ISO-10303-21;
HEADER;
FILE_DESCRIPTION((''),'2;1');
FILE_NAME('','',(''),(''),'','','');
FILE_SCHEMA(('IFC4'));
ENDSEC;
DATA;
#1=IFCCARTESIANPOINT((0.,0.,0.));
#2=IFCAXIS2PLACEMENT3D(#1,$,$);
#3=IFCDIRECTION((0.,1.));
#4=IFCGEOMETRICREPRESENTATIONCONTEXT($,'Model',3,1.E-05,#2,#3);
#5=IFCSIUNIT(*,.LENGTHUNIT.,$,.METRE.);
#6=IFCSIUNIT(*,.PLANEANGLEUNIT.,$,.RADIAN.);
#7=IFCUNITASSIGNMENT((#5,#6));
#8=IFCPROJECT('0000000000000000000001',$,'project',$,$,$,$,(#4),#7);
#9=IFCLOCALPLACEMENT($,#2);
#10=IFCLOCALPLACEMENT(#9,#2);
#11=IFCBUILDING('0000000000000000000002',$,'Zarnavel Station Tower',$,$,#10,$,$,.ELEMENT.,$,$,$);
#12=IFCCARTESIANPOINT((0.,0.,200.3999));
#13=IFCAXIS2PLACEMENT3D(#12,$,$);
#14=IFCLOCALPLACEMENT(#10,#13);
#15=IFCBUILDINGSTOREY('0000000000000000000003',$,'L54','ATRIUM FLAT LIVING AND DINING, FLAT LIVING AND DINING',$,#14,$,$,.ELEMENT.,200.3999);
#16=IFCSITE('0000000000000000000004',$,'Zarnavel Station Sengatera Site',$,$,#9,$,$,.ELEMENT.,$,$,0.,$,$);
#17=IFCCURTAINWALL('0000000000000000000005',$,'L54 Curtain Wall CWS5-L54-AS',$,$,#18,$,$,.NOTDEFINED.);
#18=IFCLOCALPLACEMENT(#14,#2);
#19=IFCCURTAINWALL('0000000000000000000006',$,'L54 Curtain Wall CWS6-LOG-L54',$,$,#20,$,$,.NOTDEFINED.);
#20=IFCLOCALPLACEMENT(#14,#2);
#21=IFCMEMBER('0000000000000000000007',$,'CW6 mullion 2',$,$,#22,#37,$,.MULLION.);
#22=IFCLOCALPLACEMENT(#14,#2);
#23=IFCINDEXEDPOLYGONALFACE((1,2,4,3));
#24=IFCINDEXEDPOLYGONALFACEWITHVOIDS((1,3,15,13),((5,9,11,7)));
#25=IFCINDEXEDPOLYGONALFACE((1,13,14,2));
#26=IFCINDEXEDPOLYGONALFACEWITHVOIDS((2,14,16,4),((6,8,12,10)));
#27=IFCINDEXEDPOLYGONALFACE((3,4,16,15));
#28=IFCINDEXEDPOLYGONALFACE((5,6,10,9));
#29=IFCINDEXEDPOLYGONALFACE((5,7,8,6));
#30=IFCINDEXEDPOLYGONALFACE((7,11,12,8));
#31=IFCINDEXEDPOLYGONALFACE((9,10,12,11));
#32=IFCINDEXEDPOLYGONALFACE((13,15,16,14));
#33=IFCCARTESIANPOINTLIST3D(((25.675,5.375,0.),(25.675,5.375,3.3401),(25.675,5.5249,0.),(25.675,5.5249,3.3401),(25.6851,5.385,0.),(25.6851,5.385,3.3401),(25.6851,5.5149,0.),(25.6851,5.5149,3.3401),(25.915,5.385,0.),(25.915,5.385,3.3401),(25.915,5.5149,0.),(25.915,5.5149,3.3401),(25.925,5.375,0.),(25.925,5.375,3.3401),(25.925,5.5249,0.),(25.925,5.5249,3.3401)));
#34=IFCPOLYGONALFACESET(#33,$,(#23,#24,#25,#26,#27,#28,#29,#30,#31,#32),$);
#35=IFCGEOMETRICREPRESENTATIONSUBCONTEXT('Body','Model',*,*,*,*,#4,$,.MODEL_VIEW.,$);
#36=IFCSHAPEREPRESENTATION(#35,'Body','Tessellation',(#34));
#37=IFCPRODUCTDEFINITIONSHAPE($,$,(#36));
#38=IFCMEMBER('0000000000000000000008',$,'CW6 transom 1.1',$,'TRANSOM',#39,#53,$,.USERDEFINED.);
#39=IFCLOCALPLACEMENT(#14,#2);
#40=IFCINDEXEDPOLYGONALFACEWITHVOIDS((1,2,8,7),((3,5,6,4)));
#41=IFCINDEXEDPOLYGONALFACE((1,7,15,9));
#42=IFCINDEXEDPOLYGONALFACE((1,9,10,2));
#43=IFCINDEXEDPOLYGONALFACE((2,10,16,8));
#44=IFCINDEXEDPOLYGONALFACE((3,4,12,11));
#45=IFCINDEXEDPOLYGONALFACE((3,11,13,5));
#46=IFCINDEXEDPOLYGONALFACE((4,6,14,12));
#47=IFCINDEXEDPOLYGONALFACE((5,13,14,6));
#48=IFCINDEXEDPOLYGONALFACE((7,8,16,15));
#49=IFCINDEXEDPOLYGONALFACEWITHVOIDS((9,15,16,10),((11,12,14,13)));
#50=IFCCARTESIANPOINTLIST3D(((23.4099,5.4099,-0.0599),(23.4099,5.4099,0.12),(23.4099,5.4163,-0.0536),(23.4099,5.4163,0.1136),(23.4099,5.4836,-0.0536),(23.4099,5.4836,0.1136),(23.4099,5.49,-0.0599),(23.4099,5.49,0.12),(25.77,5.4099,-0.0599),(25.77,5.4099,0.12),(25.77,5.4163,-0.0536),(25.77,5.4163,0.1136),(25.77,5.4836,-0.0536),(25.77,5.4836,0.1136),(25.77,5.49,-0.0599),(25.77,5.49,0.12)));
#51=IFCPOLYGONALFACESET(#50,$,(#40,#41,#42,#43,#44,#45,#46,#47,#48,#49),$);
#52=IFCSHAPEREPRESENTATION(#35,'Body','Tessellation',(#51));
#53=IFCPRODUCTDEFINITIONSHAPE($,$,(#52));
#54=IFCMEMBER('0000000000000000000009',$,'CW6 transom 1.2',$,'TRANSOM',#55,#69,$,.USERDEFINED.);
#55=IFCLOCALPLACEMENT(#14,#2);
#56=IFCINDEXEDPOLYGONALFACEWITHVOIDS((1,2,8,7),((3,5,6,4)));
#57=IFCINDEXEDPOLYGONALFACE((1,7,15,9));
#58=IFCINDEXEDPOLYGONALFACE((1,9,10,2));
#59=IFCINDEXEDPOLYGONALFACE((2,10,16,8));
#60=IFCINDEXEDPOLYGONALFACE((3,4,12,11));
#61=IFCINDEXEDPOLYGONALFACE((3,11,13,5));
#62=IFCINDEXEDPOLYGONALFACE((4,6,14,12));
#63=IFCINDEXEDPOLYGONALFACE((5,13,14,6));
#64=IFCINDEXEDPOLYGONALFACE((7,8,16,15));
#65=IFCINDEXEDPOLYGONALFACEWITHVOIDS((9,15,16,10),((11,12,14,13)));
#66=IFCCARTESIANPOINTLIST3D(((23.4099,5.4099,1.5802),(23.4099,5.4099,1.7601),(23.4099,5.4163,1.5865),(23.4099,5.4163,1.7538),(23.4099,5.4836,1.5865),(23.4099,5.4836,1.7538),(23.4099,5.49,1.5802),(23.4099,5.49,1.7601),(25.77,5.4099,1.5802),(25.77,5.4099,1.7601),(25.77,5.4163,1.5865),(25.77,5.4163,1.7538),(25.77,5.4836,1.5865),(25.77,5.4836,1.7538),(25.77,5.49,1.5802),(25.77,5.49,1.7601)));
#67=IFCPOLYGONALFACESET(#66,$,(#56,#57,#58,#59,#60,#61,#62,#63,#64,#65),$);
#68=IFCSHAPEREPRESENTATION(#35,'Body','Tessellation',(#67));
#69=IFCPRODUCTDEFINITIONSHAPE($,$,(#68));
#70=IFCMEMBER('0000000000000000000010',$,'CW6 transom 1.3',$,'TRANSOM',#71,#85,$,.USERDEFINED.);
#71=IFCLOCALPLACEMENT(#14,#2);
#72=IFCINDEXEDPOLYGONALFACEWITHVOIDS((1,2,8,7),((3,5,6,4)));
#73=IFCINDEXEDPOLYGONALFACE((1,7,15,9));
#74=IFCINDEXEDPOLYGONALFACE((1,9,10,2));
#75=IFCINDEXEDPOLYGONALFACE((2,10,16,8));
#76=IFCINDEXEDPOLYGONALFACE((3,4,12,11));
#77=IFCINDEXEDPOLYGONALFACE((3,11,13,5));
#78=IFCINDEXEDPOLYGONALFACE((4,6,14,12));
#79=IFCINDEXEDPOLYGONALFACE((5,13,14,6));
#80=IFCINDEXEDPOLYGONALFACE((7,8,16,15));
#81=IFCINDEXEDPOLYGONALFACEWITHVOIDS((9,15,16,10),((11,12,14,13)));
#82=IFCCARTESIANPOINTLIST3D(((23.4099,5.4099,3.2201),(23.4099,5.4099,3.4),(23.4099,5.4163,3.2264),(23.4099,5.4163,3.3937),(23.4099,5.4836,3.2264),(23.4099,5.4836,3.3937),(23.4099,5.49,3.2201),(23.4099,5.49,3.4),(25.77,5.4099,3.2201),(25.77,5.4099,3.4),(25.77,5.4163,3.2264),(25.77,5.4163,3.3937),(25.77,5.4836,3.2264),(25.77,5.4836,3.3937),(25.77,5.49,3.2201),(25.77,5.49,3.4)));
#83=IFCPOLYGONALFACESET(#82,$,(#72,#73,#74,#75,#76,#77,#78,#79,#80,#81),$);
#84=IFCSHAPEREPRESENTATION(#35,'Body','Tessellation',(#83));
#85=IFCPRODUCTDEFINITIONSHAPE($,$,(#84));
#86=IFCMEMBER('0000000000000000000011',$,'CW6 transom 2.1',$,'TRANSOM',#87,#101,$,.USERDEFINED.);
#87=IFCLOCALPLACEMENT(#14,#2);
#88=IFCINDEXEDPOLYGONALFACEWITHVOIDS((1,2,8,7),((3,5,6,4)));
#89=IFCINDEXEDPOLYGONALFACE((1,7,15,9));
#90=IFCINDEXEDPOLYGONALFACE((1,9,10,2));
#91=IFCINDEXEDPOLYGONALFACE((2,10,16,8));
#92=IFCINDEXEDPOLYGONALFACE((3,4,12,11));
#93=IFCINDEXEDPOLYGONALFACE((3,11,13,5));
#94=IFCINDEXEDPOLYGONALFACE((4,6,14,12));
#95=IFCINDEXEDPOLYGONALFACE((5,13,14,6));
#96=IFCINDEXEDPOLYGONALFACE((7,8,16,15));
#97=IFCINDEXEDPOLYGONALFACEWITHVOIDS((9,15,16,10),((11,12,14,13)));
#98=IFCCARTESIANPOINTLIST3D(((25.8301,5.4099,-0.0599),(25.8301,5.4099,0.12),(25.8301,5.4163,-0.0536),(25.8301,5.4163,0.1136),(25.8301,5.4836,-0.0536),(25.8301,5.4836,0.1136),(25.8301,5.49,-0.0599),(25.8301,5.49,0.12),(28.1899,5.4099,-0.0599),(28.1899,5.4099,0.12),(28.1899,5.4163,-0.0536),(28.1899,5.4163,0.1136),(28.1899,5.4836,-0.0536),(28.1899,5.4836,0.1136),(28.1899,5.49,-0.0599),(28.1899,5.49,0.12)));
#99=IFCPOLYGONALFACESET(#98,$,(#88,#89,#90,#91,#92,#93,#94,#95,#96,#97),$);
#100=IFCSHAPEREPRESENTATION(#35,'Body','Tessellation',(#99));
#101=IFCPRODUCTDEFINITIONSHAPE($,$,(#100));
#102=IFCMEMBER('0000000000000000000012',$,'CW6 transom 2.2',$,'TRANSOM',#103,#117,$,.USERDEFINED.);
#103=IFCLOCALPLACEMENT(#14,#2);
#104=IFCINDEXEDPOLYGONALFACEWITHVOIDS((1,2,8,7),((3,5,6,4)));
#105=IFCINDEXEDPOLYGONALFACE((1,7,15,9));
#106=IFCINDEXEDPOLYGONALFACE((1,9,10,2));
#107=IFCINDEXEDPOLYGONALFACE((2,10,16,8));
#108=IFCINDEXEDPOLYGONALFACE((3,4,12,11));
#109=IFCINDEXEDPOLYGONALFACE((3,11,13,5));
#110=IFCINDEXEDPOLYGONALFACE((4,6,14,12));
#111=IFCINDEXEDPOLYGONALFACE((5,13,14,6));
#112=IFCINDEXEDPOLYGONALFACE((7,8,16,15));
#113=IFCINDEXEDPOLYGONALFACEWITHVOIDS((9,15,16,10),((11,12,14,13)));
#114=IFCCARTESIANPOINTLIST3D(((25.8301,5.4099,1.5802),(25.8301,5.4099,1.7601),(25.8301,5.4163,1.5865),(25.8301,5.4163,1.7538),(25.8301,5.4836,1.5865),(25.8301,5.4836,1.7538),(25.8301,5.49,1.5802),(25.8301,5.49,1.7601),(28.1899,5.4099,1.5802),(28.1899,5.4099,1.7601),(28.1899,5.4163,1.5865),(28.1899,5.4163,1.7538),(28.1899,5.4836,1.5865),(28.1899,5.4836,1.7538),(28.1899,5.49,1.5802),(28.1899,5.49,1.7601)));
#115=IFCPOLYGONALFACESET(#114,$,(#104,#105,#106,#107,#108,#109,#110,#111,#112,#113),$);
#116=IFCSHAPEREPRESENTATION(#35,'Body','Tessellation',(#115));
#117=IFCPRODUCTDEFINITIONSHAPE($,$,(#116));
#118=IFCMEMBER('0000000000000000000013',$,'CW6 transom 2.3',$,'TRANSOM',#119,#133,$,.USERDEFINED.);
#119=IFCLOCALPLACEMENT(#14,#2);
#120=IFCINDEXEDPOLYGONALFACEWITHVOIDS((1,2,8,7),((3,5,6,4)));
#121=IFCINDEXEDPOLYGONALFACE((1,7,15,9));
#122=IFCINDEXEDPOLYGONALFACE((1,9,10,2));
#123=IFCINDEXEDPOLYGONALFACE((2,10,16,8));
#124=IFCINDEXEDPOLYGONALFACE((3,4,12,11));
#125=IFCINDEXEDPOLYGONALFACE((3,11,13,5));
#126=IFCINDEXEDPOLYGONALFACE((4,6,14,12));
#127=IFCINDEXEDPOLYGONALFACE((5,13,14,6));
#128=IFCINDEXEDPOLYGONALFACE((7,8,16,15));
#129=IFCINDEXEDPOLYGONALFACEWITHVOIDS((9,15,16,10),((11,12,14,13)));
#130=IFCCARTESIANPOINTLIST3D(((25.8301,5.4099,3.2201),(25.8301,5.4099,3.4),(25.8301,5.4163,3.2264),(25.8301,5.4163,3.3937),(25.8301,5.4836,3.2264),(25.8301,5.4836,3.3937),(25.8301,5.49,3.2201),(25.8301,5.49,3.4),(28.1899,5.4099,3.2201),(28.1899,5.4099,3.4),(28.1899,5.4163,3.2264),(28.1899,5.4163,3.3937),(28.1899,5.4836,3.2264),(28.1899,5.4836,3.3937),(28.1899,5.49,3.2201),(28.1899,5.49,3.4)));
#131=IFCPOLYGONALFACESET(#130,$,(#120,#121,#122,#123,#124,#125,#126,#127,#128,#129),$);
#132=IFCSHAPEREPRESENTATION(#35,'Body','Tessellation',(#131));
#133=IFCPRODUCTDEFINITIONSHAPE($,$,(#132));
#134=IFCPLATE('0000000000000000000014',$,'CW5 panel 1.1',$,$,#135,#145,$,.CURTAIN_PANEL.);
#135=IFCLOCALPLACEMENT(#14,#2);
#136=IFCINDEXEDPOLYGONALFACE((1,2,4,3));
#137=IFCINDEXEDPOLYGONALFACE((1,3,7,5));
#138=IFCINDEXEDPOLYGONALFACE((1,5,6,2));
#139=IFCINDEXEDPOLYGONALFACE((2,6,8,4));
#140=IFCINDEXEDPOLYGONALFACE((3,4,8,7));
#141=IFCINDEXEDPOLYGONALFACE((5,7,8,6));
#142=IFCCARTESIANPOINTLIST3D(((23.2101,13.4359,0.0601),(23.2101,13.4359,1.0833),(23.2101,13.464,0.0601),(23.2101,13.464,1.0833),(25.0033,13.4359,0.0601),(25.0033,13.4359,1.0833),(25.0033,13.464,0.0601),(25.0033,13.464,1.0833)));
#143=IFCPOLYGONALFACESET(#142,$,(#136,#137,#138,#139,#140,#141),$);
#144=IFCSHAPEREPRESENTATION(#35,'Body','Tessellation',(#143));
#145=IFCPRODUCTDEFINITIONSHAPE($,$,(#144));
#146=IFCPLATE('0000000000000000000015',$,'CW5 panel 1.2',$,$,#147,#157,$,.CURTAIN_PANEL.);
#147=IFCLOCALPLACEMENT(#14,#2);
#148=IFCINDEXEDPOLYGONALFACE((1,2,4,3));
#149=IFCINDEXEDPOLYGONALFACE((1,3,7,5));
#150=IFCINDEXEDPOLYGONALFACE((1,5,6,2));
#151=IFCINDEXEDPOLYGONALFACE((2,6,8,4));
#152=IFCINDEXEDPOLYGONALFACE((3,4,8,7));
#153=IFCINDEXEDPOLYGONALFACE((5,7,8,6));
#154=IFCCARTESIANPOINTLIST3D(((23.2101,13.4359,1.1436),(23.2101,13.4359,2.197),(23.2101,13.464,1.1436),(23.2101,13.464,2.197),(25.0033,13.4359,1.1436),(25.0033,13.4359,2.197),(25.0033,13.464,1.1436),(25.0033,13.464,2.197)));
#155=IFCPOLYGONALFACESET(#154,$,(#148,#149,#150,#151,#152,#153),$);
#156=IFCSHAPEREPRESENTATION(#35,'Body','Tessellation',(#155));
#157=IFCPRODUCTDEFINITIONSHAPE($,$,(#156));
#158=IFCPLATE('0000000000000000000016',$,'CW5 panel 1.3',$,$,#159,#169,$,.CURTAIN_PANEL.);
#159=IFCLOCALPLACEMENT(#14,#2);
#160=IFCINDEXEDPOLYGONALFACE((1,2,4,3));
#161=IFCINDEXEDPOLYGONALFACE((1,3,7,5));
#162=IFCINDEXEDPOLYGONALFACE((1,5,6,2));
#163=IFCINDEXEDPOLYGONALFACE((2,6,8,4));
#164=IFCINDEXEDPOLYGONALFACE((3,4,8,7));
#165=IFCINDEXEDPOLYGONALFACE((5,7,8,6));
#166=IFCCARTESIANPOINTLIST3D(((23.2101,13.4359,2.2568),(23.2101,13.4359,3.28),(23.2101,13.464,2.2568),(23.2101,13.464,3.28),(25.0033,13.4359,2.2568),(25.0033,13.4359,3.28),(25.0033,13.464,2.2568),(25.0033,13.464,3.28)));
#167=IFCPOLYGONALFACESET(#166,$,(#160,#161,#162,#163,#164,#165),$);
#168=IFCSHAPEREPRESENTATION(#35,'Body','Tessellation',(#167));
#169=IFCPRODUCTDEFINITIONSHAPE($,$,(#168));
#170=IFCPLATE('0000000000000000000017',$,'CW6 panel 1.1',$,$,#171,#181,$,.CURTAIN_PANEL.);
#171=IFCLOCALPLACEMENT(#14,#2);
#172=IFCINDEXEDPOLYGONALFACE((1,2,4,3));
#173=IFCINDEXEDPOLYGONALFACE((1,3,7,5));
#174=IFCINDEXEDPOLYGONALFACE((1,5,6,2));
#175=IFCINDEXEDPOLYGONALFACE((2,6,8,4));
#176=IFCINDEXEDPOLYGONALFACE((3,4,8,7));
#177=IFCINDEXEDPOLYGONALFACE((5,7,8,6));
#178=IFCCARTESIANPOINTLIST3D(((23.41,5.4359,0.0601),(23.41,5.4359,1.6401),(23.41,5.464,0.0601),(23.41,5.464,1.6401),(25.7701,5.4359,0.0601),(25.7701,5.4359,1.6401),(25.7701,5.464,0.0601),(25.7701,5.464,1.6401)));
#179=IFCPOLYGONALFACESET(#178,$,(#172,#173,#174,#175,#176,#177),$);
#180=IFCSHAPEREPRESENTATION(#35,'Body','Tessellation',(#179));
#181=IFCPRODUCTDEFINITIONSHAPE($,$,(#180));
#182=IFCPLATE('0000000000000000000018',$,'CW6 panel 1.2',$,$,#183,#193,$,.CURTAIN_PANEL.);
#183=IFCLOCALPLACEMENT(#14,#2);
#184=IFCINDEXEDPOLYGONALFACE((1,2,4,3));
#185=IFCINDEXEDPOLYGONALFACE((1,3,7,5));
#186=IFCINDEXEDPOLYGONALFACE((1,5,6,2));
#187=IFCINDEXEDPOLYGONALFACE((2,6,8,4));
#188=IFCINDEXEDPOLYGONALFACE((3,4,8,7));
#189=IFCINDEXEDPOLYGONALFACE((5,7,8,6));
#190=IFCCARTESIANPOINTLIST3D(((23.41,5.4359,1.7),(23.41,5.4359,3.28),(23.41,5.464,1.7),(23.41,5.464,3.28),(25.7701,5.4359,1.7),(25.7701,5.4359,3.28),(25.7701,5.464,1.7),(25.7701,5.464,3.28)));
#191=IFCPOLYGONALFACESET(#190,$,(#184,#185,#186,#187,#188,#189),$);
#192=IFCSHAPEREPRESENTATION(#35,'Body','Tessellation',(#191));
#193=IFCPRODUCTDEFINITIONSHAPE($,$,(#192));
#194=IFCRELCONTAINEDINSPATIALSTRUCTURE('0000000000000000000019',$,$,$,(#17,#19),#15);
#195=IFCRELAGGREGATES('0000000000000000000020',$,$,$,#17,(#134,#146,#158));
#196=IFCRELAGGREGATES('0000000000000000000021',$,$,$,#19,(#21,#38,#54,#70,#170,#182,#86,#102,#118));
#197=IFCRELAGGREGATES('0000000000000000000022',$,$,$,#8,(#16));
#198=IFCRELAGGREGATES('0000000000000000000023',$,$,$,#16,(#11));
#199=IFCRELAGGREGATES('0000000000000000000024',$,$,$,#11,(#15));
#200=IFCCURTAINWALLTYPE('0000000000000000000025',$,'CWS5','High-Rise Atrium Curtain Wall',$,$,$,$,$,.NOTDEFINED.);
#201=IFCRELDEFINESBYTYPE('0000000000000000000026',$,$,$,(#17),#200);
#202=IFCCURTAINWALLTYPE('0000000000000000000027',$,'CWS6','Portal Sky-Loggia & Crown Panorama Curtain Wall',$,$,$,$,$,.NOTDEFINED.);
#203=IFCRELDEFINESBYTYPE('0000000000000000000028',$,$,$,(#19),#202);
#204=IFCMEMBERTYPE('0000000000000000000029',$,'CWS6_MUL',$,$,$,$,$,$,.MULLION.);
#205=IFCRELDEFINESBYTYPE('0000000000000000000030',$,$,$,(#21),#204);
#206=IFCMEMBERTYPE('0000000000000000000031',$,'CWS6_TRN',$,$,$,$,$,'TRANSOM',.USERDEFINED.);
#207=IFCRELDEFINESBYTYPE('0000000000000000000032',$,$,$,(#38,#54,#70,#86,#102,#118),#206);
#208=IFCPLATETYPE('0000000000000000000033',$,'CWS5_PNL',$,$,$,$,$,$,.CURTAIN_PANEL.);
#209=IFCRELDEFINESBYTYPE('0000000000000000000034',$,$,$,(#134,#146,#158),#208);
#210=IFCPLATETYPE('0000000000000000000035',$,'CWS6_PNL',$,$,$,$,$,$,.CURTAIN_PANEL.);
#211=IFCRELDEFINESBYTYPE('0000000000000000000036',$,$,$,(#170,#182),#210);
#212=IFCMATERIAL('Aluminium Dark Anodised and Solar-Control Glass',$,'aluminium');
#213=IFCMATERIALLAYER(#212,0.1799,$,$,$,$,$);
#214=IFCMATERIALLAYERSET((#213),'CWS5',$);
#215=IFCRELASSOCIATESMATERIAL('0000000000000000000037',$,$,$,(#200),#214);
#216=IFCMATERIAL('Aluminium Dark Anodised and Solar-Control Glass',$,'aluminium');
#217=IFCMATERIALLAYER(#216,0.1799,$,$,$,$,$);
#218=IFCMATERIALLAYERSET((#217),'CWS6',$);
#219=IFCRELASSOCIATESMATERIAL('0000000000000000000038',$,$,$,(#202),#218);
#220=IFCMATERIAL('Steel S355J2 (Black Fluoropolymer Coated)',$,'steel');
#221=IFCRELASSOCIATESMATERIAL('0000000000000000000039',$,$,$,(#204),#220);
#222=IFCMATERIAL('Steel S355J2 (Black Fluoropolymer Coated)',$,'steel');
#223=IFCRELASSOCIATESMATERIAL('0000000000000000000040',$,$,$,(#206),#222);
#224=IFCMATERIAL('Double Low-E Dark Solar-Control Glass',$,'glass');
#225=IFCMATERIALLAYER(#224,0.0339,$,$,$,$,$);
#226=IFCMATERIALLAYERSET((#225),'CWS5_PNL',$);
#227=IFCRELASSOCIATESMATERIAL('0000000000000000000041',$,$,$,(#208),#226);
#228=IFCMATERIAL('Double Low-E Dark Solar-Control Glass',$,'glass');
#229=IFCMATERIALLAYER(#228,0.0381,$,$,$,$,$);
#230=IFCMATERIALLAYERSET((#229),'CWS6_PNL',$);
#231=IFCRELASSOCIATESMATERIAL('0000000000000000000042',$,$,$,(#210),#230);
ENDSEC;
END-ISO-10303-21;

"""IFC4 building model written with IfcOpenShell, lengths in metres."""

from ifc_helpers import new_model, si_unit, direction, frame, origin, origin_2d, place, context, subcontext, project, spatial, rectangle, hollow_rectangle, extrude, material, layer, layer_set, material_profile, profile_set, type_object, element, aggregate, save


model = new_model("IFC4")

# Units and contexts
model_context = context("Model", 3, precision=1e-05, world=origin(), true_north=direction((0.0, 1.0)))
body_context = subcontext(model_context, "Body", "Model", "MODEL_VIEW")
ifc_project = project(units=[si_unit("LENGTHUNIT", "METRE"), si_unit("PLANEANGLEUNIT", "RADIAN")], contexts=[model_context])

# Site, building, storey
site_placement = place(None, origin())
site = spatial("IfcSite", under=ifc_project, at=site_placement, Name="Zarnavel Station Sengatera Site", CompositionType="ELEMENT", RefElevation=0.0)
building_placement = place(site_placement, origin())
building = spatial("IfcBuilding", under=site, at=building_placement, Name="Zarnavel Station Tower", CompositionType="ELEMENT")
storey_placement = place(building_placement, frame((0.0, 0.0, 200.3999)))
storey = spatial("IfcBuildingStorey", under=building, at=storey_placement, Name="L54", Description="ATRIUM FLAT LIVING AND DINING, FLAT LIVING AND DINING", CompositionType="ELEMENT", Elevation=200.3999)

# Curtain walls, members
ifc_material_1 = material(Name="Aluminium Dark Anodised and Solar-Control Glass", Category="aluminium")
ifc_layer_1 = layer(ifc_material_1, 0.1799)
ifc_layer_set_1 = layer_set([ifc_layer_1], Name="CWS5")
curtain_wall_type_1 = type_object("IfcCurtainWallType", Name="CWS5", Description="High-Rise Atrium Curtain Wall", PredefinedType="NOTDEFINED", material=ifc_layer_set_1)
curtain_wall_1_placement = place(storey_placement, origin())
curtain_wall_1 = element("IfcCurtainWall", 1, at=curtain_wall_1_placement, inside=storey, type_object=curtain_wall_type_1, Name="L54 Curtain Wall CWS5-L54-AS", PredefinedType="NOTDEFINED")
ifc_material_2 = material(Name="Aluminium Dark Anodised and Solar-Control Glass", Category="aluminium")
ifc_layer_2 = layer(ifc_material_2, 0.1799)
ifc_layer_set_2 = layer_set([ifc_layer_2], Name="CWS6")
curtain_wall_type_2 = type_object("IfcCurtainWallType", Name="CWS6", Description="Portal Sky-Loggia & Crown Panorama Curtain Wall", PredefinedType="NOTDEFINED", material=ifc_layer_set_2)
curtain_wall_2_placement = place(storey_placement, origin())
curtain_wall_2 = element("IfcCurtainWall", 2, at=curtain_wall_2_placement, inside=storey, type_object=curtain_wall_type_2, Name="L54 Curtain Wall CWS6-LOG-L54", PredefinedType="NOTDEFINED")
ifc_material_3 = material(Name="Steel S355J2 (Black Fluoropolymer Coated)", Category="steel")
ifc_material_profile_1 = material_profile(ifc_material_3, hollow_rectangle(XDim=0.1499, YDim=0.25, WallThickness=0.01, at=origin_2d()), Name="RHS250x150x10")
ifc_profile_set_1 = profile_set([ifc_material_profile_1], Name="Steel S355J2 (Black Fluoropolymer Coated)")
member_type_1 = type_object("IfcMemberType", Name="CWS6_MUL", PredefinedType="MULLION", material=ifc_profile_set_1)
member_1_placement = place(storey_placement, frame((25.8, 5.45, 0.0), z_axis=(0.0, 0.0, 1.0), x_axis=(0.0, 1.0, 0.0)))
member_1 = element("IfcMember", 3, at=member_1_placement, type_object=member_type_1, Name="CW6 mullion 2", PredefinedType="MULLION", context=body_context, shape_type="SweptSolid", body=[
    extrude(hollow_rectangle(XDim=0.1499, YDim=0.25, WallThickness=0.01, at=origin_2d()), origin(), (0.0, 0.0, 1.0), 3.3401),
])
ifc_material_4 = material(Name="Steel S355J2 (Black Fluoropolymer Coated)", Category="steel")
ifc_material_profile_2 = material_profile(ifc_material_4, hollow_rectangle(XDim=0.0801, YDim=0.1799, WallThickness=0.0063, at=origin_2d()), Name="RHS180x80x6.3")
ifc_profile_set_2 = profile_set([ifc_material_profile_2], Name="Steel S355J2 (Black Fluoropolymer Coated)")
member_type_2 = type_object("IfcMemberType", Name="CWS6_TRN", ElementType="TRANSOM", PredefinedType="USERDEFINED", material=ifc_profile_set_2)
member_2_placement = place(storey_placement, frame((23.4099, 5.45, 0.03), z_axis=(1.0, 0.0, 0.0), x_axis=(0.0, 1.0, 0.0)))
member_2 = element("IfcMember", 4, at=member_2_placement, type_object=member_type_2, Name="CW6 transom 1.1", ObjectType="TRANSOM", PredefinedType="USERDEFINED", context=body_context, shape_type="SweptSolid", body=[
    extrude(hollow_rectangle(XDim=0.0801, YDim=0.1799, WallThickness=0.0063, at=origin_2d()), origin(), (0.0, 0.0, 1.0), 2.3601),
])
member_3_placement = place(storey_placement, frame((23.4099, 5.45, 1.6702), z_axis=(1.0, 0.0, 0.0), x_axis=(0.0, 1.0, 0.0)))
member_3 = element("IfcMember", 5, at=member_3_placement, type_object=member_type_2, Name="CW6 transom 1.2", ObjectType="TRANSOM", PredefinedType="USERDEFINED", context=body_context, shape_type="SweptSolid", body=[
    extrude(hollow_rectangle(XDim=0.0801, YDim=0.1799, WallThickness=0.0063, at=origin_2d()), origin(), (0.0, 0.0, 1.0), 2.3601),
])
member_4_placement = place(storey_placement, frame((23.4099, 5.45, 3.3101), z_axis=(1.0, 0.0, 0.0), x_axis=(0.0, 1.0, 0.0)))
member_4 = element("IfcMember", 6, at=member_4_placement, type_object=member_type_2, Name="CW6 transom 1.3", ObjectType="TRANSOM", PredefinedType="USERDEFINED", context=body_context, shape_type="SweptSolid", body=[
    extrude(hollow_rectangle(XDim=0.0801, YDim=0.1799, WallThickness=0.0063, at=origin_2d()), origin(), (0.0, 0.0, 1.0), 2.3601),
])
member_5_placement = place(storey_placement, frame((25.8301, 5.45, 0.03), z_axis=(1.0, 0.0, 0.0), x_axis=(0.0, 1.0, 0.0)))
member_5 = element("IfcMember", 7, at=member_5_placement, type_object=member_type_2, Name="CW6 transom 2.1", ObjectType="TRANSOM", PredefinedType="USERDEFINED", context=body_context, shape_type="SweptSolid", body=[
    extrude(hollow_rectangle(XDim=0.0801, YDim=0.1799, WallThickness=0.0063, at=origin_2d()), origin(), (0.0, 0.0, 1.0), 2.3599),
])
member_6_placement = place(storey_placement, frame((25.8301, 5.45, 1.6702), z_axis=(1.0, 0.0, 0.0), x_axis=(0.0, 1.0, 0.0)))
member_6 = element("IfcMember", 8, at=member_6_placement, type_object=member_type_2, Name="CW6 transom 2.2", ObjectType="TRANSOM", PredefinedType="USERDEFINED", context=body_context, shape_type="SweptSolid", body=[
    extrude(hollow_rectangle(XDim=0.0801, YDim=0.1799, WallThickness=0.0063, at=origin_2d()), origin(), (0.0, 0.0, 1.0), 2.3599),
])
member_7_placement = place(storey_placement, frame((25.8301, 5.45, 3.3101), z_axis=(1.0, 0.0, 0.0), x_axis=(0.0, 1.0, 0.0)))
member_7 = element("IfcMember", 9, at=member_7_placement, type_object=member_type_2, Name="CW6 transom 2.3", ObjectType="TRANSOM", PredefinedType="USERDEFINED", context=body_context, shape_type="SweptSolid", body=[
    extrude(hollow_rectangle(XDim=0.0801, YDim=0.1799, WallThickness=0.0063, at=origin_2d()), origin(), (0.0, 0.0, 1.0), 2.3599),
])

# Plates
ifc_material_5 = material(Name="Double Low-E Dark Solar-Control Glass", Category="glass")
ifc_layer_3 = layer(ifc_material_5, 0.0339)
ifc_layer_set_3 = layer_set([ifc_layer_3], Name="CWS5_PNL")
plate_type_1 = type_object("IfcPlateType", Name="CWS5_PNL", PredefinedType="CURTAIN_PANEL", material=ifc_layer_set_3)
plate_1_placement = place(storey_placement, frame((24.1067, 13.45, 0.0601), z_axis=(0.0, 0.0, 1.0), x_axis=(1.0, 0.0, 0.0)))
plate_1 = element("IfcPlate", 10, at=plate_1_placement, type_object=plate_type_1, Name="CW5 panel 1.1", PredefinedType="CURTAIN_PANEL", context=body_context, shape_type="SweptSolid", body=[
    extrude(rectangle(XDim=1.7932, YDim=0.0281, at=origin_2d()), origin(), (0.0, 0.0, 1.0), 1.0232),
])
plate_2_placement = place(storey_placement, frame((24.1067, 13.45, 1.1436), z_axis=(0.0, 0.0, 1.0), x_axis=(1.0, 0.0, 0.0)))
plate_2 = element("IfcPlate", 11, at=plate_2_placement, type_object=plate_type_1, Name="CW5 panel 1.2", PredefinedType="CURTAIN_PANEL", context=body_context, shape_type="SweptSolid", body=[
    extrude(rectangle(XDim=1.7932, YDim=0.0281, at=origin_2d()), origin(), (0.0, 0.0, 1.0), 1.0535),
])
plate_3_placement = place(storey_placement, frame((24.1067, 13.45, 2.2568), z_axis=(0.0, 0.0, 1.0), x_axis=(1.0, 0.0, 0.0)))
plate_3 = element("IfcPlate", 12, at=plate_3_placement, type_object=plate_type_1, Name="CW5 panel 1.3", PredefinedType="CURTAIN_PANEL", context=body_context, shape_type="SweptSolid", body=[
    extrude(rectangle(XDim=1.7932, YDim=0.0281, at=origin_2d()), origin(), (0.0, 0.0, 1.0), 1.0232),
])
aggregate(curtain_wall_1, [plate_1, plate_2, plate_3])
ifc_material_6 = material(Name="Double Low-E Dark Solar-Control Glass", Category="glass")
ifc_layer_4 = layer(ifc_material_6, 0.0381)
ifc_layer_set_4 = layer_set([ifc_layer_4], Name="CWS6_PNL")
plate_type_2 = type_object("IfcPlateType", Name="CWS6_PNL", PredefinedType="CURTAIN_PANEL", material=ifc_layer_set_4)
plate_4_placement = place(storey_placement, frame((24.5901, 5.45, 0.0601), z_axis=(0.0, 0.0, 1.0), x_axis=(1.0, 0.0, 0.0)))
plate_4 = element("IfcPlate", 13, at=plate_4_placement, type_object=plate_type_2, Name="CW6 panel 1.1", PredefinedType="CURTAIN_PANEL", context=body_context, shape_type="SweptSolid", body=[
    extrude(rectangle(XDim=2.3601, YDim=0.0281, at=origin_2d()), origin(), (0.0, 0.0, 1.0), 1.5801),
])
plate_5_placement = place(storey_placement, frame((24.5901, 5.45, 1.7), z_axis=(0.0, 0.0, 1.0), x_axis=(1.0, 0.0, 0.0)))
plate_5 = element("IfcPlate", 14, at=plate_5_placement, type_object=plate_type_2, Name="CW6 panel 1.2", PredefinedType="CURTAIN_PANEL", context=body_context, shape_type="SweptSolid", body=[
    extrude(rectangle(XDim=2.3601, YDim=0.0281, at=origin_2d()), origin(), (0.0, 0.0, 1.0), 1.5801),
])
aggregate(curtain_wall_2, [member_1, member_2, member_3, member_4, plate_4, plate_5, member_5, member_6, member_7])

save(model, "model.ifc")
